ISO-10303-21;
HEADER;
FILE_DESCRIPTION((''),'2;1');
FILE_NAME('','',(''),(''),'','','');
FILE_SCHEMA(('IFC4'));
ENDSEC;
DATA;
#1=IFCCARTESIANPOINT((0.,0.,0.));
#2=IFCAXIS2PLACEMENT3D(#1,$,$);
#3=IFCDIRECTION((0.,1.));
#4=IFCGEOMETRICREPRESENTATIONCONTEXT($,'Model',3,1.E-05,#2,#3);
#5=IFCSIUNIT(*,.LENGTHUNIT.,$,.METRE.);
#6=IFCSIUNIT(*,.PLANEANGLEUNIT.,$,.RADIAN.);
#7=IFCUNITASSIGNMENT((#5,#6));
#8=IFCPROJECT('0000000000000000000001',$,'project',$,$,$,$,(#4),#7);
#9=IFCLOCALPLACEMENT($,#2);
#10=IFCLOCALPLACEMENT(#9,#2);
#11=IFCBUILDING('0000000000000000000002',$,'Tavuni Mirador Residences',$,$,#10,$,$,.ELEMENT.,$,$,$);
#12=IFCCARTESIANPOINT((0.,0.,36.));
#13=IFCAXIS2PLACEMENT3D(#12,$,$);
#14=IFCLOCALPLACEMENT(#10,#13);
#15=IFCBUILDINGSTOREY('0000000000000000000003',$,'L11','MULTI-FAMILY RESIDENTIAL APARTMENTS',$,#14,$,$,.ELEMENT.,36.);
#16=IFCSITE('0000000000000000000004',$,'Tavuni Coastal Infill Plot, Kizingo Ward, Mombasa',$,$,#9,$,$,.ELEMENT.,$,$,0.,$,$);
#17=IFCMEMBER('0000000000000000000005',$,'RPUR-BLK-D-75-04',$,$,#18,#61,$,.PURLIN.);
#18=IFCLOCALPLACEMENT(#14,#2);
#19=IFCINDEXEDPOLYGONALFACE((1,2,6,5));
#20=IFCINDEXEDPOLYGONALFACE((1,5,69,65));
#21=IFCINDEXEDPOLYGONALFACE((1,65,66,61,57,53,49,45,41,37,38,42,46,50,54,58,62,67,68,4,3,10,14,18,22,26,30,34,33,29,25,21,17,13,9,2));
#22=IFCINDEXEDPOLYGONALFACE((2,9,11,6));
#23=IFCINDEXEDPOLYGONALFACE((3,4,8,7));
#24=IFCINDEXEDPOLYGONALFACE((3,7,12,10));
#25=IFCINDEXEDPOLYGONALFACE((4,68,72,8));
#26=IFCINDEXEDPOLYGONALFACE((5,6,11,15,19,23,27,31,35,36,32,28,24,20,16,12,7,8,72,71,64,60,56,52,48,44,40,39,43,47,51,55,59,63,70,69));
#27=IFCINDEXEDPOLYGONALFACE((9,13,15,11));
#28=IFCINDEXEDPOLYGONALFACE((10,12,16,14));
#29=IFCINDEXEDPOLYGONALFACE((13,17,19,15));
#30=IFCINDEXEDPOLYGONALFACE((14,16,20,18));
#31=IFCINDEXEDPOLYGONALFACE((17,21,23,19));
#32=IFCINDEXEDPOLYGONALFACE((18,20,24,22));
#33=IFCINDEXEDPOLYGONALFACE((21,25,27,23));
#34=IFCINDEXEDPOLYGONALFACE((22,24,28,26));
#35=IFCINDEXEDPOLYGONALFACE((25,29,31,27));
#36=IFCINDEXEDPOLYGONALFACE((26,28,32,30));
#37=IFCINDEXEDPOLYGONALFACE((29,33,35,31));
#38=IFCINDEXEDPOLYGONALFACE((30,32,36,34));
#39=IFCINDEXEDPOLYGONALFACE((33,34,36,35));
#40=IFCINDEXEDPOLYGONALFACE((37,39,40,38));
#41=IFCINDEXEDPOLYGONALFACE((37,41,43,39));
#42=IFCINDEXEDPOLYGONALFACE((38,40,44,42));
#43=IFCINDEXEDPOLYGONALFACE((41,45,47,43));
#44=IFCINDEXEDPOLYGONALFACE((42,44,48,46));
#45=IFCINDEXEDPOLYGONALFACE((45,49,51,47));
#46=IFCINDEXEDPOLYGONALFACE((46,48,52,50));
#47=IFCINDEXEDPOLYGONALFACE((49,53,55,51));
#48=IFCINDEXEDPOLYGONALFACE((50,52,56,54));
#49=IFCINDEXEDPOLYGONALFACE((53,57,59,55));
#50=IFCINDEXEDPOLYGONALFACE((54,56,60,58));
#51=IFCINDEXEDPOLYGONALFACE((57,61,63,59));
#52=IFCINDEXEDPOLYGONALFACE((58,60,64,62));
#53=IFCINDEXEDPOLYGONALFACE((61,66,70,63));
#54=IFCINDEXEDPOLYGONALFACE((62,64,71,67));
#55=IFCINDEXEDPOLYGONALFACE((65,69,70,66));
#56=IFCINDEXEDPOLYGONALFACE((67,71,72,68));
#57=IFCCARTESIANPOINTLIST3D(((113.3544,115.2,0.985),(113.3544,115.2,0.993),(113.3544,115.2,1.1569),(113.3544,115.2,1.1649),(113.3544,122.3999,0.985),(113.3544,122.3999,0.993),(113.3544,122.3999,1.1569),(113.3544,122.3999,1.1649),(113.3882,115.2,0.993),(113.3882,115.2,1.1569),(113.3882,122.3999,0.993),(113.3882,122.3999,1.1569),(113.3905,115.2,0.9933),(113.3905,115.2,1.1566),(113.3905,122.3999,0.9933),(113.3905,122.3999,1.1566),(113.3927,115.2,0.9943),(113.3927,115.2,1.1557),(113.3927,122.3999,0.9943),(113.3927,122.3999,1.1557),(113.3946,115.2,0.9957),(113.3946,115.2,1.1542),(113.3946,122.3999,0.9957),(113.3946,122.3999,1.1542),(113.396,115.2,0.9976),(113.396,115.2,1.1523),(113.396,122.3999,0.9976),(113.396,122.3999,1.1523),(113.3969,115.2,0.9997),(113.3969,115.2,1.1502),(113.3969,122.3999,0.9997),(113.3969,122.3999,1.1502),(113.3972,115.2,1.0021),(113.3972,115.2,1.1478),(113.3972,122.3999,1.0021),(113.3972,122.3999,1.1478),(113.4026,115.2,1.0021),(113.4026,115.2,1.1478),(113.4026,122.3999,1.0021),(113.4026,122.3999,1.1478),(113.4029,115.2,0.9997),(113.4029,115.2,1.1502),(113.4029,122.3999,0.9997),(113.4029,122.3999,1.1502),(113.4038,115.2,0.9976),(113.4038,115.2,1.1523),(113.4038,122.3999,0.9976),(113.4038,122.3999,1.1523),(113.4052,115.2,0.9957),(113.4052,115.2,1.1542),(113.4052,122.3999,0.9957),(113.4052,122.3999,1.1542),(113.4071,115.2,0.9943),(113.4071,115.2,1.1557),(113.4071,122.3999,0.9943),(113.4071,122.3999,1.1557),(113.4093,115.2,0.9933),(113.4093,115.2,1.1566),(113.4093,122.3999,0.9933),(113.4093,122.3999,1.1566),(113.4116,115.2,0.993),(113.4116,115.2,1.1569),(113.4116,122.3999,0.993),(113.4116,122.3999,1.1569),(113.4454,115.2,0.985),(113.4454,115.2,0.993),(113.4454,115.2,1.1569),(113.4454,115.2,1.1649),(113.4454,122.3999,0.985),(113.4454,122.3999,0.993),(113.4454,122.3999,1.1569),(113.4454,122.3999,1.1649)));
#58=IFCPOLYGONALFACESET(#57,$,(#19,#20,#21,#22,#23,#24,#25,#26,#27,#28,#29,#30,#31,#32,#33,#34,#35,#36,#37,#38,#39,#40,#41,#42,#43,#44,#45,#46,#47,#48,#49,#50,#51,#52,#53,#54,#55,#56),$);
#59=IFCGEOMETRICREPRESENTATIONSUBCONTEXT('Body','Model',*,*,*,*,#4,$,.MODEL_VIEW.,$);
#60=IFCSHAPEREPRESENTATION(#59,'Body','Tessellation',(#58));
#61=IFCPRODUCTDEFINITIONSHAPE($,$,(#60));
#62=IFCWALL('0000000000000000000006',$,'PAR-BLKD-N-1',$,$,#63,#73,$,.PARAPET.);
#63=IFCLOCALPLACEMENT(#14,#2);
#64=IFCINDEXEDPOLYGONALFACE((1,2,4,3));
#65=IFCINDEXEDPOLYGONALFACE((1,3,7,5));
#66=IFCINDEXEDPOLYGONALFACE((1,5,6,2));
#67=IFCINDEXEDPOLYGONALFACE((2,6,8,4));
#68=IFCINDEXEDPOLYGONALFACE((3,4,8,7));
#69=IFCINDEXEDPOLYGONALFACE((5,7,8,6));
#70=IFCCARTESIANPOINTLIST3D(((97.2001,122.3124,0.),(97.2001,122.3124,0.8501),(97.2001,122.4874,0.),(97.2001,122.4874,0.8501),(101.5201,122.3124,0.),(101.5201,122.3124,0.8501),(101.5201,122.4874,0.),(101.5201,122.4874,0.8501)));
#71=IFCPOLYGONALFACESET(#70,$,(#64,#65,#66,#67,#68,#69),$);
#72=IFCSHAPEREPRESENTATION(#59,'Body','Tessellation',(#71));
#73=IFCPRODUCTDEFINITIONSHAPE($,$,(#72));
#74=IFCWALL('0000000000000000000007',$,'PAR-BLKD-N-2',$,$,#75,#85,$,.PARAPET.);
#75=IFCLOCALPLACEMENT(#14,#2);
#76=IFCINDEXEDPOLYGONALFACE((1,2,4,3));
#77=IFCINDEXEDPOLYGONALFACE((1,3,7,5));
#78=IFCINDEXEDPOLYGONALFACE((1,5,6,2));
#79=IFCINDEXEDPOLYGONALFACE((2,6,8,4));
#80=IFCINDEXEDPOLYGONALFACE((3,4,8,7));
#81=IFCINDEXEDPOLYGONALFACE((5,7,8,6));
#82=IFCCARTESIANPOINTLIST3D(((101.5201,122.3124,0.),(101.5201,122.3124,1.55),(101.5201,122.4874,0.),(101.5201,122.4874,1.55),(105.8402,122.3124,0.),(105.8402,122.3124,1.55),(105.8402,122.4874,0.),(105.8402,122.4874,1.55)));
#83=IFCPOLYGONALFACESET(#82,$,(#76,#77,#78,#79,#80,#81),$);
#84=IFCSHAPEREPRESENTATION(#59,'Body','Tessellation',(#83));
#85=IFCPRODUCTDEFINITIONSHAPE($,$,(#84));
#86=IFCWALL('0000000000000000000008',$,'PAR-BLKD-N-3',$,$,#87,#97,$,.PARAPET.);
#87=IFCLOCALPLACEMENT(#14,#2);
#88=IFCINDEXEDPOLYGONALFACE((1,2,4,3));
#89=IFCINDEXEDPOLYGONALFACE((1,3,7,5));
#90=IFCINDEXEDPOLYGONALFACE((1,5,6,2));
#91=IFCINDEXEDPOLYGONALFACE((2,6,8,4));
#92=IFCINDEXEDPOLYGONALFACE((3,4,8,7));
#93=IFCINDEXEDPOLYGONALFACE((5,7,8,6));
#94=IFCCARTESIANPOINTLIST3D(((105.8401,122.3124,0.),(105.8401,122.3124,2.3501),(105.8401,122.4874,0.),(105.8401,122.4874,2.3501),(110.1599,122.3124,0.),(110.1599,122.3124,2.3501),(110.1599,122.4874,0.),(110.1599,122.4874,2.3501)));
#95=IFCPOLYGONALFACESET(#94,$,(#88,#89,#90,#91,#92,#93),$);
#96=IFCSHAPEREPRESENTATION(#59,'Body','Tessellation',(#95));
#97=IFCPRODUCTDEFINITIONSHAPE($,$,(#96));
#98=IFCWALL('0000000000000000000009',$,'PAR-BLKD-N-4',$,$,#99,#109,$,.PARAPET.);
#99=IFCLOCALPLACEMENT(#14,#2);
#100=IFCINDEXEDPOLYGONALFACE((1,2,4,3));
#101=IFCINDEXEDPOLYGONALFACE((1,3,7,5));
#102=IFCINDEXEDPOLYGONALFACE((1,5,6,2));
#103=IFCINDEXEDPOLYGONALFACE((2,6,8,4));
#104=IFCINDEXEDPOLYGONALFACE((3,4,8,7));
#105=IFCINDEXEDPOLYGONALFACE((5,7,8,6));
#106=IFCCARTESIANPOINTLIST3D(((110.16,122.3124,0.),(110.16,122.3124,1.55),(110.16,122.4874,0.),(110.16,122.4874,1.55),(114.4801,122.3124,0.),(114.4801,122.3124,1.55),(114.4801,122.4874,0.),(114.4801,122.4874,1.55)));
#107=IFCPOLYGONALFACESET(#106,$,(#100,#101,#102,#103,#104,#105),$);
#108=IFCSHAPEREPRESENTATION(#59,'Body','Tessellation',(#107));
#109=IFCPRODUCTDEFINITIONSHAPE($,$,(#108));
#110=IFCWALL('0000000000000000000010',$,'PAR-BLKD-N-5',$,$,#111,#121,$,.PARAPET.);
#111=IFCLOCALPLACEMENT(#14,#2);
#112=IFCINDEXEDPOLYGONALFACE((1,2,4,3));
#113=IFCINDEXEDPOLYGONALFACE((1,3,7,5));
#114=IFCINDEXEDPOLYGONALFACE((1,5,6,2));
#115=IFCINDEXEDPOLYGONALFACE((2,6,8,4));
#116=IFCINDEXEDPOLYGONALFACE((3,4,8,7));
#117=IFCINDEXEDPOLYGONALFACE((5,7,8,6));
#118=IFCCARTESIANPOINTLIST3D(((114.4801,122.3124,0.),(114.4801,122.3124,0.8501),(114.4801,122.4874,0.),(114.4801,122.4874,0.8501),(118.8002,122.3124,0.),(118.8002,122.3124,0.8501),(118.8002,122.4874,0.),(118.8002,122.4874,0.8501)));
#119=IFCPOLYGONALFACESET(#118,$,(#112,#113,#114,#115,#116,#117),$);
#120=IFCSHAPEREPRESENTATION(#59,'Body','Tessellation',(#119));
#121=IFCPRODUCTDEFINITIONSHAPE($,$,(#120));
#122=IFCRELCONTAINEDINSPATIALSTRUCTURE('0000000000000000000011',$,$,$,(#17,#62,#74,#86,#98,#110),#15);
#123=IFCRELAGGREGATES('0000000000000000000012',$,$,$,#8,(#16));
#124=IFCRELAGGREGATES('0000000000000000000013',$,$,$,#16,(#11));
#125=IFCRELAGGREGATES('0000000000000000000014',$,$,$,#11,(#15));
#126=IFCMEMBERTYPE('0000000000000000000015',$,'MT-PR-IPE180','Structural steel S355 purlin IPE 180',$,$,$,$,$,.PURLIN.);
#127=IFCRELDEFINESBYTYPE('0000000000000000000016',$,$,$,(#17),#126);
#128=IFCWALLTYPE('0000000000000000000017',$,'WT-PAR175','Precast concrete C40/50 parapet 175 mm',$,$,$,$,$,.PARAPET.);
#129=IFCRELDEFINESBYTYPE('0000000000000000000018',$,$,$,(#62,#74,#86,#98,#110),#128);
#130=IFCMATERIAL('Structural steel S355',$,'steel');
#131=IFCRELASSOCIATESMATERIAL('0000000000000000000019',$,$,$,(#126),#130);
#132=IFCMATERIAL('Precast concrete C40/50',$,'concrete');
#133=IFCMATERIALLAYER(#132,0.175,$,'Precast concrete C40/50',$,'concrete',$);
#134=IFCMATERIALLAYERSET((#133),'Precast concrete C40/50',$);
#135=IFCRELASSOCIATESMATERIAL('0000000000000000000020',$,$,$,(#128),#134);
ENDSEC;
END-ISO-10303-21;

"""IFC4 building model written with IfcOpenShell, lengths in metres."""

from ifc_helpers import new_model, si_unit, direction, frame, frame_2d, origin, origin_2d, place, context, subcontext, project, spatial, rectangle, i_section, extrude, material, layer, layer_set, material_profile, profile_set, type_object, element, save


model = new_model("IFC4")

# Units and contexts
model_context = context("Model", 3, precision=1e-05, world=origin(), true_north=direction((0.0, 1.0)))
body_context = subcontext(model_context, "Body", "Model", "MODEL_VIEW")
ifc_project = project(units=[si_unit("LENGTHUNIT", "METRE"), si_unit("PLANEANGLEUNIT", "RADIAN")], contexts=[model_context])

# Site, building, storey
site_placement = place(None, origin())
site = spatial("IfcSite", under=ifc_project, at=site_placement, Name="Tavuni Coastal Infill Plot, Kizingo Ward, Mombasa", CompositionType="ELEMENT", RefElevation=0.0)
building_placement = place(site_placement, origin())
building = spatial("IfcBuilding", under=site, at=building_placement, Name="Tavuni Mirador Residences", CompositionType="ELEMENT")
storey_placement = place(building_placement, frame((0.0, 0.0, 36.0)))
storey = spatial("IfcBuildingStorey", under=building, at=storey_placement, Name="L11", Description="MULTI-FAMILY RESIDENTIAL APARTMENTS", CompositionType="ELEMENT", Elevation=36.0)

# Member
ifc_material_1 = material(Name="Structural steel S355", Category="steel")
ifc_material_profile_1 = material_profile(ifc_material_1, i_section(OverallWidth=0.0911, OverallDepth=0.1799, WebThickness=0.0054, FlangeThickness=0.0081, FilletRadius=0.009, at=origin_2d()), Name="IPE 180", Category="steel")
ifc_profile_set_1 = profile_set([ifc_material_profile_1], Name="Structural steel S355")
member_type_1 = type_object("IfcMemberType", Name="MT-PR-IPE180", Description="Structural steel S355 purlin IPE 180", PredefinedType="PURLIN", material=ifc_profile_set_1)
for number, where, z_axis, x_axis, name in (
    (1, (113.3999, 115.2, 1.075), (0.0, 1.0, 0.0), (-1.0, 0.0, 0.0), "RPUR-BLK-D-75-04"),
):
    element("IfcMember", number, at=place(storey_placement, frame(where, z_axis=z_axis, x_axis=x_axis)), inside=storey, type_object=member_type_1, Name=name, PredefinedType="PURLIN", context=body_context, shape_type="SweptSolid", body=[
        extrude(i_section(OverallWidth=0.0911, OverallDepth=0.1799, WebThickness=0.0054, FlangeThickness=0.0081, FilletRadius=0.009, at=origin_2d()), origin(), (0.0, 0.0, 1.0), 7.2),
    ])

# Walls
ifc_material_2 = material(Name="Precast concrete C40/50", Category="concrete")
ifc_layer = layer(ifc_material_2, 0.175, Name="Precast concrete C40/50", Category="concrete")
ifc_layer_set = layer_set([ifc_layer], Name="Precast concrete C40/50")
wall_type = type_object("IfcWallType", Name="WT-PAR175", Description="Precast concrete C40/50 parapet 175 mm", PredefinedType="PARAPET", material=ifc_layer_set)
wall_1_placement = place(storey_placement, frame((97.2, 122.3999, 0.0), z_axis=(0.0, 0.0, 1.0), x_axis=(1.0, 0.0, 0.0)))
element("IfcWall", 2, at=wall_1_placement, inside=storey, type_object=wall_type, Name="PAR-BLKD-N-1", PredefinedType="PARAPET", context=body_context, shape_type="SweptSolid", body=[
    extrude(rectangle(XDim=4.3201, YDim=0.175, at=frame_2d((2.1602, 0.0))), origin(), (0.0, 0.0, 1.0), 0.8501),
])
wall_2_placement = place(storey_placement, frame((101.52, 122.3999, 0.0), z_axis=(0.0, 0.0, 1.0), x_axis=(1.0, 0.0, 0.0)))
element("IfcWall", 3, at=wall_2_placement, inside=storey, type_object=wall_type, Name="PAR-BLKD-N-2", PredefinedType="PARAPET", context=body_context, shape_type="SweptSolid", body=[
    extrude(rectangle(XDim=4.3201, YDim=0.175, at=frame_2d((2.1602, 0.0))), origin(), (0.0, 0.0, 1.0), 1.55),
])
wall_3_placement = place(storey_placement, frame((105.8401, 122.3999, 0.0), z_axis=(0.0, 0.0, 1.0), x_axis=(1.0, 0.0, 0.0)))
element("IfcWall", 4, at=wall_3_placement, inside=storey, type_object=wall_type, Name="PAR-BLKD-N-3", PredefinedType="PARAPET", context=body_context, shape_type="SweptSolid", body=[
    extrude(rectangle(XDim=4.3198, YDim=0.175, at=frame_2d((2.1599, 0.0))), origin(), (0.0, 0.0, 1.0), 2.3501),
])
wall_4_placement = place(storey_placement, frame((110.1599, 122.3999, 0.0), z_axis=(0.0, 0.0, 1.0), x_axis=(1.0, 0.0, 0.0)))
element("IfcWall", 5, at=wall_4_placement, inside=storey, type_object=wall_type, Name="PAR-BLKD-N-4", PredefinedType="PARAPET", context=body_context, shape_type="SweptSolid", body=[
    extrude(rectangle(XDim=4.3201, YDim=0.175, at=frame_2d((2.1602, 0.0))), origin(), (0.0, 0.0, 1.0), 1.55),
])
wall_5_placement = place(storey_placement, frame((114.48, 122.3999, 0.0), z_axis=(0.0, 0.0, 1.0), x_axis=(1.0, 0.0, 0.0)))
element("IfcWall", 6, at=wall_5_placement, inside=storey, type_object=wall_type, Name="PAR-BLKD-N-5", PredefinedType="PARAPET", context=body_context, shape_type="SweptSolid", body=[
    extrude(rectangle(XDim=4.3201, YDim=0.175, at=frame_2d((2.1602, 0.0))), origin(), (0.0, 0.0, 1.0), 0.8501),
])

save(model, "model.ifc")
